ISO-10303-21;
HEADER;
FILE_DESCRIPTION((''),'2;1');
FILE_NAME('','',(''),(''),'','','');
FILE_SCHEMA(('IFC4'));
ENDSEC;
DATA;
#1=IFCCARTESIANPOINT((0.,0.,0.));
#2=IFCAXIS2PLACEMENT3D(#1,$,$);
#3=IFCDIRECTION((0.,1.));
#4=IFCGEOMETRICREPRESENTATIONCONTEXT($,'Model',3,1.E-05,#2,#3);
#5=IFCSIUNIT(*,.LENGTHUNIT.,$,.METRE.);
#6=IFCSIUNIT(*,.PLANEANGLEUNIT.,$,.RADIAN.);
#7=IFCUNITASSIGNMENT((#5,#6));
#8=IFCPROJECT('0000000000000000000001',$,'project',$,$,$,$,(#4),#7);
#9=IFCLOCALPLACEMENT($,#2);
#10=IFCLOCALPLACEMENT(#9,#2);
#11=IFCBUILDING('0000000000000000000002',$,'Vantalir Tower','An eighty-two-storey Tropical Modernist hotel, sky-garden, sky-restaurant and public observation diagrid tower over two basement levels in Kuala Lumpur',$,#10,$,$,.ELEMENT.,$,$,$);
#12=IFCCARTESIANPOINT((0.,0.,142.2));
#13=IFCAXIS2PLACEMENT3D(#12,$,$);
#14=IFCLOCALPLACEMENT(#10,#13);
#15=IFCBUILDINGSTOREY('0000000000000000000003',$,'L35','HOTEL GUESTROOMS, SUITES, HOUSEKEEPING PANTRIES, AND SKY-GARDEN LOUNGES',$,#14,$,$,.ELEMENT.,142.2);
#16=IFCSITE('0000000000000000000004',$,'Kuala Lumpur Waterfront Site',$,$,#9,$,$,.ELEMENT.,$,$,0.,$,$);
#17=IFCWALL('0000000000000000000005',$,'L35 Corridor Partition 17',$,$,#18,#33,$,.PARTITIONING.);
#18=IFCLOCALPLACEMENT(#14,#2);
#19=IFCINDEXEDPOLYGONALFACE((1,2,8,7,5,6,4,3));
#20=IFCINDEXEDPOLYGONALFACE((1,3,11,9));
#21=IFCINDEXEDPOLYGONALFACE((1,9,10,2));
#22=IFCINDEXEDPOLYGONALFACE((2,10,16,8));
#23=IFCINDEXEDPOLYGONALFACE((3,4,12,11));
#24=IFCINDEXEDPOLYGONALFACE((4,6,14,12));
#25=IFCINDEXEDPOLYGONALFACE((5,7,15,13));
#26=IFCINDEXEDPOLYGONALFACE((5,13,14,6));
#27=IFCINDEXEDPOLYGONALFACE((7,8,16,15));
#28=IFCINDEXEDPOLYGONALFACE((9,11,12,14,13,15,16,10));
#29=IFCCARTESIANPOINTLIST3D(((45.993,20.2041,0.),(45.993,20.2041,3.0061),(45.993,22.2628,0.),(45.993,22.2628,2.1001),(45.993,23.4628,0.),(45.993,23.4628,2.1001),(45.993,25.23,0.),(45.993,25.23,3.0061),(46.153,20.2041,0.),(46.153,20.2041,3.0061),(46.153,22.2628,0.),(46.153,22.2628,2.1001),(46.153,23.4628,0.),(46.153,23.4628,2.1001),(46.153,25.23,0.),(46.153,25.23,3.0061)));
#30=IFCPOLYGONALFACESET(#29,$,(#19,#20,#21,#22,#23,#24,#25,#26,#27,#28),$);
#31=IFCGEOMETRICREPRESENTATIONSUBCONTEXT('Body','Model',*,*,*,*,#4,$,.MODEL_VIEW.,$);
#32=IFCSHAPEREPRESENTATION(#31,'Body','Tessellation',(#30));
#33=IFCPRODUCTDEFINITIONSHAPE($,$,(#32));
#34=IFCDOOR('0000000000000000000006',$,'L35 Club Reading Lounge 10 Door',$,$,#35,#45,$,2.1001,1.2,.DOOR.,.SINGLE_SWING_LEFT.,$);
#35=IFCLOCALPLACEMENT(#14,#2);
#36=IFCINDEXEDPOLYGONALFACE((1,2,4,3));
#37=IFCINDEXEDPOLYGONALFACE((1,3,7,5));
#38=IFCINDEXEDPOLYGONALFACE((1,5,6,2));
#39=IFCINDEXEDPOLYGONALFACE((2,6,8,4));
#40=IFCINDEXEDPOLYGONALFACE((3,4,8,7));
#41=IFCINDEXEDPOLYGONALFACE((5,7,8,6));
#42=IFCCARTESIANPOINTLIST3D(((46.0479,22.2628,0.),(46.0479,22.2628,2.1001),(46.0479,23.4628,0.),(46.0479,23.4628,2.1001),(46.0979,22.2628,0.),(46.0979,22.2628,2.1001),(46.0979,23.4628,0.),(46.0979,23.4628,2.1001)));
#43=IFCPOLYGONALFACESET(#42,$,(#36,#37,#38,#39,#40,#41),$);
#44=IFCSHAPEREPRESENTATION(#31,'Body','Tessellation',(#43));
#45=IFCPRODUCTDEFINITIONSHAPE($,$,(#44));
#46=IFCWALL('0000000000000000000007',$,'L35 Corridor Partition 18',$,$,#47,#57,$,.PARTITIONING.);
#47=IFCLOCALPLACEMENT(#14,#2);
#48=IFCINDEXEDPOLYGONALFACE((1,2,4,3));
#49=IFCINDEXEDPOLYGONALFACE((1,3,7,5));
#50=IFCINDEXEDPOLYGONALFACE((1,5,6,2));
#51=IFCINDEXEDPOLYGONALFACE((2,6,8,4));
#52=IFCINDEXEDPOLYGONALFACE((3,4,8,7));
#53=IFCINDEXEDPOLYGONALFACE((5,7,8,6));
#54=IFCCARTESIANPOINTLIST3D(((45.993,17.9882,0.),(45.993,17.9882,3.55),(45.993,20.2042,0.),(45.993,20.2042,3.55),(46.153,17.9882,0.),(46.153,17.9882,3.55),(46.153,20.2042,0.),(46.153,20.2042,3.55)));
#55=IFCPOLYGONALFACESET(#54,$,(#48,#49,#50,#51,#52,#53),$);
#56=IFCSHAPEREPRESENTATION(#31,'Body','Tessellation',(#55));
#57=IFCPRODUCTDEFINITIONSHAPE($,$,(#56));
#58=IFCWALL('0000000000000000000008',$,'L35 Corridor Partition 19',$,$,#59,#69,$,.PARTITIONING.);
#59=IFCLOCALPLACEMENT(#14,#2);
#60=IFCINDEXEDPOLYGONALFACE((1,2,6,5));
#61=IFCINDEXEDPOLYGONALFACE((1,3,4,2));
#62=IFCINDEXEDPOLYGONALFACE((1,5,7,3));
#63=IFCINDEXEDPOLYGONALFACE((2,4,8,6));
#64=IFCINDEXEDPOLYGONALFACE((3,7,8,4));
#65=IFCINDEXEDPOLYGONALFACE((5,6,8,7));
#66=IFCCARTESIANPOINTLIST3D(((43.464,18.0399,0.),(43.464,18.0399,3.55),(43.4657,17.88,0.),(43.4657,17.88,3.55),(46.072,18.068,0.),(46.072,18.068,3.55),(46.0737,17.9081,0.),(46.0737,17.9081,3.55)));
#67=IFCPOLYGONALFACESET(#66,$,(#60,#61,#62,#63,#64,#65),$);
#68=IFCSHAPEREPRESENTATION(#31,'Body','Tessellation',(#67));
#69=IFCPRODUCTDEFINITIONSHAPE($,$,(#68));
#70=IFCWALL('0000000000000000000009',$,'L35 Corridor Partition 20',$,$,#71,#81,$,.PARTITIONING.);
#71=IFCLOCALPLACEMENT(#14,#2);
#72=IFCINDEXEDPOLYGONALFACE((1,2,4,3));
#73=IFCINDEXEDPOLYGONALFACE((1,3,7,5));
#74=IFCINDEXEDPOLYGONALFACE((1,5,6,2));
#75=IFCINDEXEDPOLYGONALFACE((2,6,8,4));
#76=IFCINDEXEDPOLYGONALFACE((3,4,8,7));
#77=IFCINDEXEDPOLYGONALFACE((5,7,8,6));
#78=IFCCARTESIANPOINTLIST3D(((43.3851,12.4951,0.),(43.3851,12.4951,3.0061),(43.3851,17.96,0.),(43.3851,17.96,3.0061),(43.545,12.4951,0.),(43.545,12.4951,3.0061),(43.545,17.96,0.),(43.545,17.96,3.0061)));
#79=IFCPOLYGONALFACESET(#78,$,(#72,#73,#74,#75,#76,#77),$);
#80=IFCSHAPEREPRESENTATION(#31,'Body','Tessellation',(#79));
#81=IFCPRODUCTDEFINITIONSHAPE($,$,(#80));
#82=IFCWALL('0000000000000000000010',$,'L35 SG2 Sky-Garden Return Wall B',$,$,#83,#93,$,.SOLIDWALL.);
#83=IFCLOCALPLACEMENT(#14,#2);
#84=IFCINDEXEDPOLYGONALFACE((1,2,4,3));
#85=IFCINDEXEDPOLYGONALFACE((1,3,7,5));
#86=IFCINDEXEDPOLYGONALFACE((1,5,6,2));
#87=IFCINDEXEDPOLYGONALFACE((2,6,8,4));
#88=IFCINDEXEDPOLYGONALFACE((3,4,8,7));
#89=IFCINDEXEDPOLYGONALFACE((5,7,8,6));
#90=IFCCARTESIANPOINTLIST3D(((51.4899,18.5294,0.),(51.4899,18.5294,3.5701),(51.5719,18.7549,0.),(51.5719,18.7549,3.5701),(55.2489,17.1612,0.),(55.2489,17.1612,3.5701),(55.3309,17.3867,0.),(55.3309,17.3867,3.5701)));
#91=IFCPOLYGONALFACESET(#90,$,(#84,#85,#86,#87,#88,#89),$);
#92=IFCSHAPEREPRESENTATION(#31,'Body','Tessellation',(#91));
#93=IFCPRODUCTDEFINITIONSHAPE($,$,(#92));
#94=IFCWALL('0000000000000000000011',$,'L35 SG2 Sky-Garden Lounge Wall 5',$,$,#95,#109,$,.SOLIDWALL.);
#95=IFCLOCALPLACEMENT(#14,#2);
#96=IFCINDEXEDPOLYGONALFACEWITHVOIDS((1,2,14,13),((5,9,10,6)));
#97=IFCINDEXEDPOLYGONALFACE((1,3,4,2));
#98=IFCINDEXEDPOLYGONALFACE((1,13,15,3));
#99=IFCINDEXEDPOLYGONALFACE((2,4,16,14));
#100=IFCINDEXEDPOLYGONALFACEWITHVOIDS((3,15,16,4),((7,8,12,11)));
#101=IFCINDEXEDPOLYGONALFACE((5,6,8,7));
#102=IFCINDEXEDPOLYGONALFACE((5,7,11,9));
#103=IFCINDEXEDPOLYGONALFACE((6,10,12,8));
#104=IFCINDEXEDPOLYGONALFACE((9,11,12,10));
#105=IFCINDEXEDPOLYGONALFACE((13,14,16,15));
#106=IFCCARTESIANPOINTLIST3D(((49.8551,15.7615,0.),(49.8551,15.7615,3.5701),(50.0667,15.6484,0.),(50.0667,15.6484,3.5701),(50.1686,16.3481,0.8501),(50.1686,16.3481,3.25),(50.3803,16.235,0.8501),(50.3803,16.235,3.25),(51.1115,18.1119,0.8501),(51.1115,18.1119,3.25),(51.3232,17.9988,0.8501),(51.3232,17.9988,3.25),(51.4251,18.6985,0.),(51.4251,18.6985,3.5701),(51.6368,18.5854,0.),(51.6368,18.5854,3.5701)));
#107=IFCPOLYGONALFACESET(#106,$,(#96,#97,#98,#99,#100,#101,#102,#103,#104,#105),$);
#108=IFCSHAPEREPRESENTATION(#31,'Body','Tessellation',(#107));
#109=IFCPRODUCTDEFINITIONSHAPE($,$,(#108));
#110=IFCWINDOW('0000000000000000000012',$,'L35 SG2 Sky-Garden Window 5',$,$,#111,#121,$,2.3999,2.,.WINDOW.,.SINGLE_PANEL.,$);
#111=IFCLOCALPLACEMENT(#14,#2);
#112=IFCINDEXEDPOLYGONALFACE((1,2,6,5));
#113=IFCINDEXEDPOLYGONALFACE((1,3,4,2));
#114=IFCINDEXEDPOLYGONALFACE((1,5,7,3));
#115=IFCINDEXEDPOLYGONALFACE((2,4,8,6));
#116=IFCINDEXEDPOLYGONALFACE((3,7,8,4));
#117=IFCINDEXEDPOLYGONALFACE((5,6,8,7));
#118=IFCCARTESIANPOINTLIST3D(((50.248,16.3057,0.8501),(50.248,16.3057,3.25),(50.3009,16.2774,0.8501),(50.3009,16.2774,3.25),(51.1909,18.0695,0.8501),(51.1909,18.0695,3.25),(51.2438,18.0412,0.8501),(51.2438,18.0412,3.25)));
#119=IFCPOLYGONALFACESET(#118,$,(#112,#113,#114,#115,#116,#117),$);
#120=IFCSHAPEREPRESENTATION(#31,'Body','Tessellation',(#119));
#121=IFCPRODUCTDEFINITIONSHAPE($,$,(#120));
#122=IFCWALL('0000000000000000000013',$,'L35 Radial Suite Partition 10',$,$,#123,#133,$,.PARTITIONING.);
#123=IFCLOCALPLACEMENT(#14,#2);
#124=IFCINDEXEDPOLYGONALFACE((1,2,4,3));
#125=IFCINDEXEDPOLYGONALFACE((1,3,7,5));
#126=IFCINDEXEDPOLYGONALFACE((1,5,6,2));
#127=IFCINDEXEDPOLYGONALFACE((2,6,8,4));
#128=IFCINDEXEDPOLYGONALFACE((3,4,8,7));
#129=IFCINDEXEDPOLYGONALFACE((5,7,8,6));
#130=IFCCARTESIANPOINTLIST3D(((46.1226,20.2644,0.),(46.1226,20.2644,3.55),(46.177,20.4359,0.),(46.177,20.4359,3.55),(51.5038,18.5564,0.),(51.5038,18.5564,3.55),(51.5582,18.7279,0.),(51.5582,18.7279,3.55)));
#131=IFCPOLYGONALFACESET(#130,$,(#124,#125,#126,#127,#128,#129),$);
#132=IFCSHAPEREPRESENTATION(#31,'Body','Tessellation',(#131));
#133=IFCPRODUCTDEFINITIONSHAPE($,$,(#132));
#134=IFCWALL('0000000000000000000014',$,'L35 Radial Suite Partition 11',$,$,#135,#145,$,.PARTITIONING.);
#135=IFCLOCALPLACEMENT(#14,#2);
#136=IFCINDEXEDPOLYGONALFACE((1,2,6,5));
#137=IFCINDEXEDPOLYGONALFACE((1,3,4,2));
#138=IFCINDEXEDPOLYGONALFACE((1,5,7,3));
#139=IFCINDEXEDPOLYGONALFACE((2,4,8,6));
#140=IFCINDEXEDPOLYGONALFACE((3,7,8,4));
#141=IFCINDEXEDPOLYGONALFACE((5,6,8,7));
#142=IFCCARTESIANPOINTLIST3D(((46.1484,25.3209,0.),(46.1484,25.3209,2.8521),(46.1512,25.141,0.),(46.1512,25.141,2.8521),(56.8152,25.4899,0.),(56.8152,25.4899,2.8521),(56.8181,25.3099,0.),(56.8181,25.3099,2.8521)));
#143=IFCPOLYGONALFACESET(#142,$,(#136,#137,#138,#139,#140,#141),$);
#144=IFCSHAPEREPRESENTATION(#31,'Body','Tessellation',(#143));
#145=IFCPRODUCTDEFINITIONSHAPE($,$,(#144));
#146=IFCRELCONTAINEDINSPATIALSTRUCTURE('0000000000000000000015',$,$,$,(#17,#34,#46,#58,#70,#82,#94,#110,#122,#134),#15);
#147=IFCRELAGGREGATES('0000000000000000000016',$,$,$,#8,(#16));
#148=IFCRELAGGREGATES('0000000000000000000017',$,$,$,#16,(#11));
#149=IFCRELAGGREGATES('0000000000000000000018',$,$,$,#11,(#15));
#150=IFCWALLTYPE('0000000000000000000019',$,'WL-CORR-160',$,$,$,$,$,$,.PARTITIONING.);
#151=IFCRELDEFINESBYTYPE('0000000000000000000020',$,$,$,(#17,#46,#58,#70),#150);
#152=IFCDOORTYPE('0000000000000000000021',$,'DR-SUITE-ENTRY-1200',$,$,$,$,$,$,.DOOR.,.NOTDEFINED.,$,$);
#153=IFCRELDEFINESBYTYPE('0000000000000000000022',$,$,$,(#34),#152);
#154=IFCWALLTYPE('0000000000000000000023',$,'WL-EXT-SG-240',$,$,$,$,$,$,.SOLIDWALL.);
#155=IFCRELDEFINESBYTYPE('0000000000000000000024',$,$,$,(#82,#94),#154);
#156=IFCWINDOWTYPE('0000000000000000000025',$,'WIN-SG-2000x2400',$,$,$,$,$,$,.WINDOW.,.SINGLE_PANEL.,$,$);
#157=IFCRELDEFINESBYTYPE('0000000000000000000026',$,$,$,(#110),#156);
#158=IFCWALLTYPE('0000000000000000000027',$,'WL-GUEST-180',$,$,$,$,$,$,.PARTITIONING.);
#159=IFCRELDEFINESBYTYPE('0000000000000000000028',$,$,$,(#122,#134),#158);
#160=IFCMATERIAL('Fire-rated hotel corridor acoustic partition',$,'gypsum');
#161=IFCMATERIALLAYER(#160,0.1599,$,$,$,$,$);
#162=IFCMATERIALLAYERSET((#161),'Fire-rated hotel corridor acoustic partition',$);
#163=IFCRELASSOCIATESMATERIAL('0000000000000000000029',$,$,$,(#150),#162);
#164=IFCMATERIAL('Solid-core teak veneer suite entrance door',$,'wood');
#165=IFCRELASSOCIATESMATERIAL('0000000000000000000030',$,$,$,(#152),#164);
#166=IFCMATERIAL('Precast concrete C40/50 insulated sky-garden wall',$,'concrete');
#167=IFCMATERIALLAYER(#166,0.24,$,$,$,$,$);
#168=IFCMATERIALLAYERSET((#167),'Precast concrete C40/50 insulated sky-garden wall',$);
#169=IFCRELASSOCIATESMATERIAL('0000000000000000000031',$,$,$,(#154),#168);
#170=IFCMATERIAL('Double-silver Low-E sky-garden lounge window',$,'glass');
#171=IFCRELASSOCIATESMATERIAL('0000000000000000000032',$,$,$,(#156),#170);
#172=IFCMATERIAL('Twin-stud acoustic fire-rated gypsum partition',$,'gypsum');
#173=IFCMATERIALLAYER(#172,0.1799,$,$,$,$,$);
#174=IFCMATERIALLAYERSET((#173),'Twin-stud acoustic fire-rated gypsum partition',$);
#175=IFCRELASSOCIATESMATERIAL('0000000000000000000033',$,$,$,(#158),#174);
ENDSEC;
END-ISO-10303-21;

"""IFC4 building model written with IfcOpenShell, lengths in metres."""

from ifc_helpers import new_model, si_unit, direction, frame, frame_2d, origin, place, context, subcontext, project, spatial, rectangle, extrude, material, layer, layer_set, type_object, element, fill, save


model = new_model("IFC4")

# Units and contexts
model_context = context("Model", 3, precision=1e-05, world=origin(), true_north=direction((0.0, 1.0)))
body_context = subcontext(model_context, "Body", "Model", "MODEL_VIEW")
ifc_project = project(units=[si_unit("LENGTHUNIT", "METRE"), si_unit("PLANEANGLEUNIT", "RADIAN")], contexts=[model_context])

# Site, building, storey
site_placement = place(None, origin())
site = spatial("IfcSite", under=ifc_project, at=site_placement, Name="Kuala Lumpur Waterfront Site", CompositionType="ELEMENT", RefElevation=0.0)
building_placement = place(site_placement, origin())
building = spatial("IfcBuilding", under=site, at=building_placement, Name="Vantalir Tower", Description="An eighty-two-storey Tropical Modernist hotel, sky-garden, sky-restaurant and public observation diagrid tower over two basement levels in Kuala Lumpur", CompositionType="ELEMENT")
storey_placement = place(building_placement, frame((0.0, 0.0, 142.2)))
storey = spatial("IfcBuildingStorey", under=building, at=storey_placement, Name="L35", Description="HOTEL GUESTROOMS, SUITES, HOUSEKEEPING PANTRIES, AND SKY-GARDEN LOUNGES", CompositionType="ELEMENT", Elevation=142.2)

# Wall, opening, door
ifc_material_1 = material(Name="Fire-rated hotel corridor acoustic partition", Category="gypsum")
ifc_layer_1 = layer(ifc_material_1, 0.1599)
ifc_layer_set_1 = layer_set([ifc_layer_1], Name="Fire-rated hotel corridor acoustic partition")
wall_type_1 = type_object("IfcWallType", Name="WL-CORR-160", PredefinedType="PARTITIONING", material=ifc_layer_set_1)
wall_1_placement = place(storey_placement, frame((46.073, 25.23, 0.0), z_axis=(0.0, 0.0, 1.0), x_axis=(0.0, -1.0, 0.0)))
wall_1 = element("IfcWall", 1, at=wall_1_placement, inside=storey, type_object=wall_type_1, Name="L35 Corridor Partition 17", PredefinedType="PARTITIONING", context=body_context, shape_type="SweptSolid", body=[
    extrude(rectangle(XDim=5.0259, YDim=0.1599, at=frame_2d((2.5129, 0.0))), origin(), (0.0, 0.0, 1.0), 3.0061),
])
opening_1_placement = place(wall_1_placement, frame((1.7671, 0.0, 0.0)))
opening_1 = element("IfcOpeningElement", 2, at=opening_1_placement, cuts=wall_1, PredefinedType="OPENING", context=body_context, shape_type="SweptSolid", body=[
    extrude(rectangle(XDim=1.2, YDim=2.1001, at=frame_2d((0.6001, 1.05))), frame((0.0, 0.0898, 0.0), z_axis=(0.0, -1.0, 0.0), x_axis=(1.0, 0.0, 0.0)), (0.0, 0.0, 1.0), 0.1799),
])
ifc_material_2 = material(Name="Solid-core teak veneer suite entrance door", Category="wood")
door_type_1 = type_object("IfcDoorType", Name="DR-SUITE-ENTRY-1200", OperationType="NOTDEFINED", PredefinedType="DOOR", material=ifc_material_2)
door_1_placement = place(opening_1_placement, origin())
door_1 = element("IfcDoor", 3, at=door_1_placement, inside=storey, type_object=door_type_1, Name="L35 Club Reading Lounge 10 Door", OperationType="SINGLE_SWING_LEFT", OverallHeight=2.1001, OverallWidth=1.2, PredefinedType="DOOR", context=body_context, shape_type="SweptSolid", body=[
    extrude(rectangle(XDim=1.2, YDim=2.1001, at=frame_2d((0.6001, 1.05))), frame((0.0, 0.0249, 0.0), z_axis=(0.0, -1.0, 0.0), x_axis=(1.0, 0.0, 0.0)), (0.0, 0.0, 1.0), 0.05),
])
fill(opening_1, door_1)

# Walls
wall_2_placement = place(storey_placement, frame((46.073, 20.2041, 0.0), z_axis=(0.0, 0.0, 1.0), x_axis=(0.0, -1.0, 0.0)))
element("IfcWall", 4, at=wall_2_placement, inside=storey, type_object=wall_type_1, Name="L35 Corridor Partition 18", PredefinedType="PARTITIONING", context=body_context, shape_type="SweptSolid", body=[
    extrude(rectangle(XDim=2.2161, YDim=0.1599, at=frame_2d((1.1079, 0.0))), origin(), (0.0, 0.0, 1.0), 3.55),
])
wall_3_placement = place(storey_placement, frame((46.073, 17.988, 0.0), z_axis=(0.0, 0.0, 1.0), x_axis=(-0.999942, -0.010765, 0.0)))
element("IfcWall", 5, at=wall_3_placement, inside=storey, type_object=wall_type_1, Name="L35 Corridor Partition 19", PredefinedType="PARTITIONING", context=body_context, shape_type="SweptSolid", body=[
    extrude(rectangle(XDim=2.6082, YDim=0.1599, at=frame_2d((1.3042, 0.0))), origin(), (0.0, 0.0, 1.0), 3.55),
])
wall_4_placement = place(storey_placement, frame((43.4651, 17.96, 0.0), z_axis=(0.0, 0.0, 1.0), x_axis=(0.0, -1.0, 0.0)))
element("IfcWall", 6, at=wall_4_placement, inside=storey, type_object=wall_type_1, Name="L35 Corridor Partition 20", PredefinedType="PARTITIONING", context=body_context, shape_type="SweptSolid", body=[
    extrude(rectangle(XDim=5.4648, YDim=0.1599, at=frame_2d((2.7324, 0.0))), origin(), (0.0, 0.0, 1.0), 3.0061),
])
ifc_material_3 = material(Name="Precast concrete C40/50 insulated sky-garden wall", Category="concrete")
ifc_layer_2 = layer(ifc_material_3, 0.24)
ifc_layer_set_2 = layer_set([ifc_layer_2], Name="Precast concrete C40/50 insulated sky-garden wall")
wall_type_2 = type_object("IfcWallType", Name="WL-EXT-SG-240", PredefinedType="SOLIDWALL", material=ifc_layer_set_2)
wall_5_placement = place(storey_placement, frame((51.531, 18.6421, 0.0), z_axis=(0.0, 0.0, 1.0), x_axis=(0.939694, -0.342017, 0.0)))
element("IfcWall", 7, at=wall_5_placement, inside=storey, type_object=wall_type_2, Name="L35 SG2 Sky-Garden Return Wall B", PredefinedType="SOLIDWALL", context=body_context, shape_type="SweptSolid", body=[
    extrude(rectangle(XDim=4.0002, YDim=0.24, at=frame_2d((2.0, 0.0))), origin(), (0.0, 0.0, 1.0), 3.5701),
])

# Wall, opening, window
wall_6_placement = place(storey_placement, frame((49.9609, 15.7051, 0.0), z_axis=(0.0, 0.0, 1.0), x_axis=(0.471444, 0.881896, 0.0)))
wall_6 = element("IfcWall", 8, at=wall_6_placement, inside=storey, type_object=wall_type_2, Name="L35 SG2 Sky-Garden Lounge Wall 5", PredefinedType="SOLIDWALL", context=body_context, shape_type="SweptSolid", body=[
    extrude(rectangle(XDim=3.3303, YDim=0.24, at=frame_2d((1.665, 0.0))), origin(), (0.0, 0.0, 1.0), 3.5701),
])
opening_2_placement = place(wall_6_placement, frame((0.665, 0.0, 0.8501)))
opening_2 = element("IfcOpeningElement", 9, at=opening_2_placement, cuts=wall_6, PredefinedType="OPENING", context=body_context, shape_type="SweptSolid", body=[
    extrude(rectangle(XDim=2.0, YDim=2.3999, at=frame_2d((1.0, 1.2))), frame((0.0, 0.1299, 0.0), z_axis=(0.0, -1.0, 0.0), x_axis=(1.0, 0.0, 0.0)), (0.0, 0.0, 1.0), 0.26),
])
ifc_material_4 = material(Name="Double-silver Low-E sky-garden lounge window", Category="glass")
window_type = type_object("IfcWindowType", Name="WIN-SG-2000x2400", PartitioningType="SINGLE_PANEL", PredefinedType="WINDOW", material=ifc_material_4)
window_placement = place(opening_2_placement, origin())
window = element("IfcWindow", 10, at=window_placement, inside=storey, type_object=window_type, Name="L35 SG2 Sky-Garden Window 5", OverallHeight=2.3999, OverallWidth=2.0, PartitioningType="SINGLE_PANEL", PredefinedType="WINDOW", context=body_context, shape_type="SweptSolid", body=[
    extrude(rectangle(XDim=2.0, YDim=2.3999, at=frame_2d((1.0, 1.2))), frame((0.0, 0.03, 0.0), z_axis=(0.0, -1.0, 0.0), x_axis=(1.0, 0.0, 0.0)), (0.0, 0.0, 1.0), 0.0601),
])
fill(opening_2, window)

# Walls
ifc_material_5 = material(Name="Twin-stud acoustic fire-rated gypsum partition", Category="gypsum")
ifc_layer_3 = layer(ifc_material_5, 0.1799)
ifc_layer_set_3 = layer_set([ifc_layer_3], Name="Twin-stud acoustic fire-rated gypsum partition")
wall_type_3 = type_object("IfcWallType", Name="WL-GUEST-180", PredefinedType="PARTITIONING", material=ifc_layer_set_3)
wall_7_placement = place(storey_placement, frame((46.1499, 20.3501, 0.0), z_axis=(0.0, 0.0, 1.0), x_axis=(0.953139, -0.302534, 0.0)))
element("IfcWall", 11, at=wall_7_placement, inside=storey, type_object=wall_type_3, Name="L35 Radial Suite Partition 10", PredefinedType="PARTITIONING", context=body_context, shape_type="SweptSolid", body=[
    extrude(rectangle(XDim=5.6458, YDim=0.1799, at=frame_2d((2.8228, 0.0))), origin(), (0.0, 0.0, 1.0), 3.55),
])
wall_8_placement = place(storey_placement, frame((46.1499, 25.231, 0.0), z_axis=(0.0, 0.0, 1.0), x_axis=(0.999875, 0.015836, 0.0)))
element("IfcWall", 12, at=wall_8_placement, inside=storey, type_object=wall_type_3, Name="L35 Radial Suite Partition 11", PredefinedType="PARTITIONING", context=body_context, shape_type="SweptSolid", body=[
    extrude(rectangle(XDim=10.6682, YDim=0.1799, at=frame_2d((5.334, 0.0))), origin(), (0.0, 0.0, 1.0), 2.8521),
])

save(model, "model.ifc")
